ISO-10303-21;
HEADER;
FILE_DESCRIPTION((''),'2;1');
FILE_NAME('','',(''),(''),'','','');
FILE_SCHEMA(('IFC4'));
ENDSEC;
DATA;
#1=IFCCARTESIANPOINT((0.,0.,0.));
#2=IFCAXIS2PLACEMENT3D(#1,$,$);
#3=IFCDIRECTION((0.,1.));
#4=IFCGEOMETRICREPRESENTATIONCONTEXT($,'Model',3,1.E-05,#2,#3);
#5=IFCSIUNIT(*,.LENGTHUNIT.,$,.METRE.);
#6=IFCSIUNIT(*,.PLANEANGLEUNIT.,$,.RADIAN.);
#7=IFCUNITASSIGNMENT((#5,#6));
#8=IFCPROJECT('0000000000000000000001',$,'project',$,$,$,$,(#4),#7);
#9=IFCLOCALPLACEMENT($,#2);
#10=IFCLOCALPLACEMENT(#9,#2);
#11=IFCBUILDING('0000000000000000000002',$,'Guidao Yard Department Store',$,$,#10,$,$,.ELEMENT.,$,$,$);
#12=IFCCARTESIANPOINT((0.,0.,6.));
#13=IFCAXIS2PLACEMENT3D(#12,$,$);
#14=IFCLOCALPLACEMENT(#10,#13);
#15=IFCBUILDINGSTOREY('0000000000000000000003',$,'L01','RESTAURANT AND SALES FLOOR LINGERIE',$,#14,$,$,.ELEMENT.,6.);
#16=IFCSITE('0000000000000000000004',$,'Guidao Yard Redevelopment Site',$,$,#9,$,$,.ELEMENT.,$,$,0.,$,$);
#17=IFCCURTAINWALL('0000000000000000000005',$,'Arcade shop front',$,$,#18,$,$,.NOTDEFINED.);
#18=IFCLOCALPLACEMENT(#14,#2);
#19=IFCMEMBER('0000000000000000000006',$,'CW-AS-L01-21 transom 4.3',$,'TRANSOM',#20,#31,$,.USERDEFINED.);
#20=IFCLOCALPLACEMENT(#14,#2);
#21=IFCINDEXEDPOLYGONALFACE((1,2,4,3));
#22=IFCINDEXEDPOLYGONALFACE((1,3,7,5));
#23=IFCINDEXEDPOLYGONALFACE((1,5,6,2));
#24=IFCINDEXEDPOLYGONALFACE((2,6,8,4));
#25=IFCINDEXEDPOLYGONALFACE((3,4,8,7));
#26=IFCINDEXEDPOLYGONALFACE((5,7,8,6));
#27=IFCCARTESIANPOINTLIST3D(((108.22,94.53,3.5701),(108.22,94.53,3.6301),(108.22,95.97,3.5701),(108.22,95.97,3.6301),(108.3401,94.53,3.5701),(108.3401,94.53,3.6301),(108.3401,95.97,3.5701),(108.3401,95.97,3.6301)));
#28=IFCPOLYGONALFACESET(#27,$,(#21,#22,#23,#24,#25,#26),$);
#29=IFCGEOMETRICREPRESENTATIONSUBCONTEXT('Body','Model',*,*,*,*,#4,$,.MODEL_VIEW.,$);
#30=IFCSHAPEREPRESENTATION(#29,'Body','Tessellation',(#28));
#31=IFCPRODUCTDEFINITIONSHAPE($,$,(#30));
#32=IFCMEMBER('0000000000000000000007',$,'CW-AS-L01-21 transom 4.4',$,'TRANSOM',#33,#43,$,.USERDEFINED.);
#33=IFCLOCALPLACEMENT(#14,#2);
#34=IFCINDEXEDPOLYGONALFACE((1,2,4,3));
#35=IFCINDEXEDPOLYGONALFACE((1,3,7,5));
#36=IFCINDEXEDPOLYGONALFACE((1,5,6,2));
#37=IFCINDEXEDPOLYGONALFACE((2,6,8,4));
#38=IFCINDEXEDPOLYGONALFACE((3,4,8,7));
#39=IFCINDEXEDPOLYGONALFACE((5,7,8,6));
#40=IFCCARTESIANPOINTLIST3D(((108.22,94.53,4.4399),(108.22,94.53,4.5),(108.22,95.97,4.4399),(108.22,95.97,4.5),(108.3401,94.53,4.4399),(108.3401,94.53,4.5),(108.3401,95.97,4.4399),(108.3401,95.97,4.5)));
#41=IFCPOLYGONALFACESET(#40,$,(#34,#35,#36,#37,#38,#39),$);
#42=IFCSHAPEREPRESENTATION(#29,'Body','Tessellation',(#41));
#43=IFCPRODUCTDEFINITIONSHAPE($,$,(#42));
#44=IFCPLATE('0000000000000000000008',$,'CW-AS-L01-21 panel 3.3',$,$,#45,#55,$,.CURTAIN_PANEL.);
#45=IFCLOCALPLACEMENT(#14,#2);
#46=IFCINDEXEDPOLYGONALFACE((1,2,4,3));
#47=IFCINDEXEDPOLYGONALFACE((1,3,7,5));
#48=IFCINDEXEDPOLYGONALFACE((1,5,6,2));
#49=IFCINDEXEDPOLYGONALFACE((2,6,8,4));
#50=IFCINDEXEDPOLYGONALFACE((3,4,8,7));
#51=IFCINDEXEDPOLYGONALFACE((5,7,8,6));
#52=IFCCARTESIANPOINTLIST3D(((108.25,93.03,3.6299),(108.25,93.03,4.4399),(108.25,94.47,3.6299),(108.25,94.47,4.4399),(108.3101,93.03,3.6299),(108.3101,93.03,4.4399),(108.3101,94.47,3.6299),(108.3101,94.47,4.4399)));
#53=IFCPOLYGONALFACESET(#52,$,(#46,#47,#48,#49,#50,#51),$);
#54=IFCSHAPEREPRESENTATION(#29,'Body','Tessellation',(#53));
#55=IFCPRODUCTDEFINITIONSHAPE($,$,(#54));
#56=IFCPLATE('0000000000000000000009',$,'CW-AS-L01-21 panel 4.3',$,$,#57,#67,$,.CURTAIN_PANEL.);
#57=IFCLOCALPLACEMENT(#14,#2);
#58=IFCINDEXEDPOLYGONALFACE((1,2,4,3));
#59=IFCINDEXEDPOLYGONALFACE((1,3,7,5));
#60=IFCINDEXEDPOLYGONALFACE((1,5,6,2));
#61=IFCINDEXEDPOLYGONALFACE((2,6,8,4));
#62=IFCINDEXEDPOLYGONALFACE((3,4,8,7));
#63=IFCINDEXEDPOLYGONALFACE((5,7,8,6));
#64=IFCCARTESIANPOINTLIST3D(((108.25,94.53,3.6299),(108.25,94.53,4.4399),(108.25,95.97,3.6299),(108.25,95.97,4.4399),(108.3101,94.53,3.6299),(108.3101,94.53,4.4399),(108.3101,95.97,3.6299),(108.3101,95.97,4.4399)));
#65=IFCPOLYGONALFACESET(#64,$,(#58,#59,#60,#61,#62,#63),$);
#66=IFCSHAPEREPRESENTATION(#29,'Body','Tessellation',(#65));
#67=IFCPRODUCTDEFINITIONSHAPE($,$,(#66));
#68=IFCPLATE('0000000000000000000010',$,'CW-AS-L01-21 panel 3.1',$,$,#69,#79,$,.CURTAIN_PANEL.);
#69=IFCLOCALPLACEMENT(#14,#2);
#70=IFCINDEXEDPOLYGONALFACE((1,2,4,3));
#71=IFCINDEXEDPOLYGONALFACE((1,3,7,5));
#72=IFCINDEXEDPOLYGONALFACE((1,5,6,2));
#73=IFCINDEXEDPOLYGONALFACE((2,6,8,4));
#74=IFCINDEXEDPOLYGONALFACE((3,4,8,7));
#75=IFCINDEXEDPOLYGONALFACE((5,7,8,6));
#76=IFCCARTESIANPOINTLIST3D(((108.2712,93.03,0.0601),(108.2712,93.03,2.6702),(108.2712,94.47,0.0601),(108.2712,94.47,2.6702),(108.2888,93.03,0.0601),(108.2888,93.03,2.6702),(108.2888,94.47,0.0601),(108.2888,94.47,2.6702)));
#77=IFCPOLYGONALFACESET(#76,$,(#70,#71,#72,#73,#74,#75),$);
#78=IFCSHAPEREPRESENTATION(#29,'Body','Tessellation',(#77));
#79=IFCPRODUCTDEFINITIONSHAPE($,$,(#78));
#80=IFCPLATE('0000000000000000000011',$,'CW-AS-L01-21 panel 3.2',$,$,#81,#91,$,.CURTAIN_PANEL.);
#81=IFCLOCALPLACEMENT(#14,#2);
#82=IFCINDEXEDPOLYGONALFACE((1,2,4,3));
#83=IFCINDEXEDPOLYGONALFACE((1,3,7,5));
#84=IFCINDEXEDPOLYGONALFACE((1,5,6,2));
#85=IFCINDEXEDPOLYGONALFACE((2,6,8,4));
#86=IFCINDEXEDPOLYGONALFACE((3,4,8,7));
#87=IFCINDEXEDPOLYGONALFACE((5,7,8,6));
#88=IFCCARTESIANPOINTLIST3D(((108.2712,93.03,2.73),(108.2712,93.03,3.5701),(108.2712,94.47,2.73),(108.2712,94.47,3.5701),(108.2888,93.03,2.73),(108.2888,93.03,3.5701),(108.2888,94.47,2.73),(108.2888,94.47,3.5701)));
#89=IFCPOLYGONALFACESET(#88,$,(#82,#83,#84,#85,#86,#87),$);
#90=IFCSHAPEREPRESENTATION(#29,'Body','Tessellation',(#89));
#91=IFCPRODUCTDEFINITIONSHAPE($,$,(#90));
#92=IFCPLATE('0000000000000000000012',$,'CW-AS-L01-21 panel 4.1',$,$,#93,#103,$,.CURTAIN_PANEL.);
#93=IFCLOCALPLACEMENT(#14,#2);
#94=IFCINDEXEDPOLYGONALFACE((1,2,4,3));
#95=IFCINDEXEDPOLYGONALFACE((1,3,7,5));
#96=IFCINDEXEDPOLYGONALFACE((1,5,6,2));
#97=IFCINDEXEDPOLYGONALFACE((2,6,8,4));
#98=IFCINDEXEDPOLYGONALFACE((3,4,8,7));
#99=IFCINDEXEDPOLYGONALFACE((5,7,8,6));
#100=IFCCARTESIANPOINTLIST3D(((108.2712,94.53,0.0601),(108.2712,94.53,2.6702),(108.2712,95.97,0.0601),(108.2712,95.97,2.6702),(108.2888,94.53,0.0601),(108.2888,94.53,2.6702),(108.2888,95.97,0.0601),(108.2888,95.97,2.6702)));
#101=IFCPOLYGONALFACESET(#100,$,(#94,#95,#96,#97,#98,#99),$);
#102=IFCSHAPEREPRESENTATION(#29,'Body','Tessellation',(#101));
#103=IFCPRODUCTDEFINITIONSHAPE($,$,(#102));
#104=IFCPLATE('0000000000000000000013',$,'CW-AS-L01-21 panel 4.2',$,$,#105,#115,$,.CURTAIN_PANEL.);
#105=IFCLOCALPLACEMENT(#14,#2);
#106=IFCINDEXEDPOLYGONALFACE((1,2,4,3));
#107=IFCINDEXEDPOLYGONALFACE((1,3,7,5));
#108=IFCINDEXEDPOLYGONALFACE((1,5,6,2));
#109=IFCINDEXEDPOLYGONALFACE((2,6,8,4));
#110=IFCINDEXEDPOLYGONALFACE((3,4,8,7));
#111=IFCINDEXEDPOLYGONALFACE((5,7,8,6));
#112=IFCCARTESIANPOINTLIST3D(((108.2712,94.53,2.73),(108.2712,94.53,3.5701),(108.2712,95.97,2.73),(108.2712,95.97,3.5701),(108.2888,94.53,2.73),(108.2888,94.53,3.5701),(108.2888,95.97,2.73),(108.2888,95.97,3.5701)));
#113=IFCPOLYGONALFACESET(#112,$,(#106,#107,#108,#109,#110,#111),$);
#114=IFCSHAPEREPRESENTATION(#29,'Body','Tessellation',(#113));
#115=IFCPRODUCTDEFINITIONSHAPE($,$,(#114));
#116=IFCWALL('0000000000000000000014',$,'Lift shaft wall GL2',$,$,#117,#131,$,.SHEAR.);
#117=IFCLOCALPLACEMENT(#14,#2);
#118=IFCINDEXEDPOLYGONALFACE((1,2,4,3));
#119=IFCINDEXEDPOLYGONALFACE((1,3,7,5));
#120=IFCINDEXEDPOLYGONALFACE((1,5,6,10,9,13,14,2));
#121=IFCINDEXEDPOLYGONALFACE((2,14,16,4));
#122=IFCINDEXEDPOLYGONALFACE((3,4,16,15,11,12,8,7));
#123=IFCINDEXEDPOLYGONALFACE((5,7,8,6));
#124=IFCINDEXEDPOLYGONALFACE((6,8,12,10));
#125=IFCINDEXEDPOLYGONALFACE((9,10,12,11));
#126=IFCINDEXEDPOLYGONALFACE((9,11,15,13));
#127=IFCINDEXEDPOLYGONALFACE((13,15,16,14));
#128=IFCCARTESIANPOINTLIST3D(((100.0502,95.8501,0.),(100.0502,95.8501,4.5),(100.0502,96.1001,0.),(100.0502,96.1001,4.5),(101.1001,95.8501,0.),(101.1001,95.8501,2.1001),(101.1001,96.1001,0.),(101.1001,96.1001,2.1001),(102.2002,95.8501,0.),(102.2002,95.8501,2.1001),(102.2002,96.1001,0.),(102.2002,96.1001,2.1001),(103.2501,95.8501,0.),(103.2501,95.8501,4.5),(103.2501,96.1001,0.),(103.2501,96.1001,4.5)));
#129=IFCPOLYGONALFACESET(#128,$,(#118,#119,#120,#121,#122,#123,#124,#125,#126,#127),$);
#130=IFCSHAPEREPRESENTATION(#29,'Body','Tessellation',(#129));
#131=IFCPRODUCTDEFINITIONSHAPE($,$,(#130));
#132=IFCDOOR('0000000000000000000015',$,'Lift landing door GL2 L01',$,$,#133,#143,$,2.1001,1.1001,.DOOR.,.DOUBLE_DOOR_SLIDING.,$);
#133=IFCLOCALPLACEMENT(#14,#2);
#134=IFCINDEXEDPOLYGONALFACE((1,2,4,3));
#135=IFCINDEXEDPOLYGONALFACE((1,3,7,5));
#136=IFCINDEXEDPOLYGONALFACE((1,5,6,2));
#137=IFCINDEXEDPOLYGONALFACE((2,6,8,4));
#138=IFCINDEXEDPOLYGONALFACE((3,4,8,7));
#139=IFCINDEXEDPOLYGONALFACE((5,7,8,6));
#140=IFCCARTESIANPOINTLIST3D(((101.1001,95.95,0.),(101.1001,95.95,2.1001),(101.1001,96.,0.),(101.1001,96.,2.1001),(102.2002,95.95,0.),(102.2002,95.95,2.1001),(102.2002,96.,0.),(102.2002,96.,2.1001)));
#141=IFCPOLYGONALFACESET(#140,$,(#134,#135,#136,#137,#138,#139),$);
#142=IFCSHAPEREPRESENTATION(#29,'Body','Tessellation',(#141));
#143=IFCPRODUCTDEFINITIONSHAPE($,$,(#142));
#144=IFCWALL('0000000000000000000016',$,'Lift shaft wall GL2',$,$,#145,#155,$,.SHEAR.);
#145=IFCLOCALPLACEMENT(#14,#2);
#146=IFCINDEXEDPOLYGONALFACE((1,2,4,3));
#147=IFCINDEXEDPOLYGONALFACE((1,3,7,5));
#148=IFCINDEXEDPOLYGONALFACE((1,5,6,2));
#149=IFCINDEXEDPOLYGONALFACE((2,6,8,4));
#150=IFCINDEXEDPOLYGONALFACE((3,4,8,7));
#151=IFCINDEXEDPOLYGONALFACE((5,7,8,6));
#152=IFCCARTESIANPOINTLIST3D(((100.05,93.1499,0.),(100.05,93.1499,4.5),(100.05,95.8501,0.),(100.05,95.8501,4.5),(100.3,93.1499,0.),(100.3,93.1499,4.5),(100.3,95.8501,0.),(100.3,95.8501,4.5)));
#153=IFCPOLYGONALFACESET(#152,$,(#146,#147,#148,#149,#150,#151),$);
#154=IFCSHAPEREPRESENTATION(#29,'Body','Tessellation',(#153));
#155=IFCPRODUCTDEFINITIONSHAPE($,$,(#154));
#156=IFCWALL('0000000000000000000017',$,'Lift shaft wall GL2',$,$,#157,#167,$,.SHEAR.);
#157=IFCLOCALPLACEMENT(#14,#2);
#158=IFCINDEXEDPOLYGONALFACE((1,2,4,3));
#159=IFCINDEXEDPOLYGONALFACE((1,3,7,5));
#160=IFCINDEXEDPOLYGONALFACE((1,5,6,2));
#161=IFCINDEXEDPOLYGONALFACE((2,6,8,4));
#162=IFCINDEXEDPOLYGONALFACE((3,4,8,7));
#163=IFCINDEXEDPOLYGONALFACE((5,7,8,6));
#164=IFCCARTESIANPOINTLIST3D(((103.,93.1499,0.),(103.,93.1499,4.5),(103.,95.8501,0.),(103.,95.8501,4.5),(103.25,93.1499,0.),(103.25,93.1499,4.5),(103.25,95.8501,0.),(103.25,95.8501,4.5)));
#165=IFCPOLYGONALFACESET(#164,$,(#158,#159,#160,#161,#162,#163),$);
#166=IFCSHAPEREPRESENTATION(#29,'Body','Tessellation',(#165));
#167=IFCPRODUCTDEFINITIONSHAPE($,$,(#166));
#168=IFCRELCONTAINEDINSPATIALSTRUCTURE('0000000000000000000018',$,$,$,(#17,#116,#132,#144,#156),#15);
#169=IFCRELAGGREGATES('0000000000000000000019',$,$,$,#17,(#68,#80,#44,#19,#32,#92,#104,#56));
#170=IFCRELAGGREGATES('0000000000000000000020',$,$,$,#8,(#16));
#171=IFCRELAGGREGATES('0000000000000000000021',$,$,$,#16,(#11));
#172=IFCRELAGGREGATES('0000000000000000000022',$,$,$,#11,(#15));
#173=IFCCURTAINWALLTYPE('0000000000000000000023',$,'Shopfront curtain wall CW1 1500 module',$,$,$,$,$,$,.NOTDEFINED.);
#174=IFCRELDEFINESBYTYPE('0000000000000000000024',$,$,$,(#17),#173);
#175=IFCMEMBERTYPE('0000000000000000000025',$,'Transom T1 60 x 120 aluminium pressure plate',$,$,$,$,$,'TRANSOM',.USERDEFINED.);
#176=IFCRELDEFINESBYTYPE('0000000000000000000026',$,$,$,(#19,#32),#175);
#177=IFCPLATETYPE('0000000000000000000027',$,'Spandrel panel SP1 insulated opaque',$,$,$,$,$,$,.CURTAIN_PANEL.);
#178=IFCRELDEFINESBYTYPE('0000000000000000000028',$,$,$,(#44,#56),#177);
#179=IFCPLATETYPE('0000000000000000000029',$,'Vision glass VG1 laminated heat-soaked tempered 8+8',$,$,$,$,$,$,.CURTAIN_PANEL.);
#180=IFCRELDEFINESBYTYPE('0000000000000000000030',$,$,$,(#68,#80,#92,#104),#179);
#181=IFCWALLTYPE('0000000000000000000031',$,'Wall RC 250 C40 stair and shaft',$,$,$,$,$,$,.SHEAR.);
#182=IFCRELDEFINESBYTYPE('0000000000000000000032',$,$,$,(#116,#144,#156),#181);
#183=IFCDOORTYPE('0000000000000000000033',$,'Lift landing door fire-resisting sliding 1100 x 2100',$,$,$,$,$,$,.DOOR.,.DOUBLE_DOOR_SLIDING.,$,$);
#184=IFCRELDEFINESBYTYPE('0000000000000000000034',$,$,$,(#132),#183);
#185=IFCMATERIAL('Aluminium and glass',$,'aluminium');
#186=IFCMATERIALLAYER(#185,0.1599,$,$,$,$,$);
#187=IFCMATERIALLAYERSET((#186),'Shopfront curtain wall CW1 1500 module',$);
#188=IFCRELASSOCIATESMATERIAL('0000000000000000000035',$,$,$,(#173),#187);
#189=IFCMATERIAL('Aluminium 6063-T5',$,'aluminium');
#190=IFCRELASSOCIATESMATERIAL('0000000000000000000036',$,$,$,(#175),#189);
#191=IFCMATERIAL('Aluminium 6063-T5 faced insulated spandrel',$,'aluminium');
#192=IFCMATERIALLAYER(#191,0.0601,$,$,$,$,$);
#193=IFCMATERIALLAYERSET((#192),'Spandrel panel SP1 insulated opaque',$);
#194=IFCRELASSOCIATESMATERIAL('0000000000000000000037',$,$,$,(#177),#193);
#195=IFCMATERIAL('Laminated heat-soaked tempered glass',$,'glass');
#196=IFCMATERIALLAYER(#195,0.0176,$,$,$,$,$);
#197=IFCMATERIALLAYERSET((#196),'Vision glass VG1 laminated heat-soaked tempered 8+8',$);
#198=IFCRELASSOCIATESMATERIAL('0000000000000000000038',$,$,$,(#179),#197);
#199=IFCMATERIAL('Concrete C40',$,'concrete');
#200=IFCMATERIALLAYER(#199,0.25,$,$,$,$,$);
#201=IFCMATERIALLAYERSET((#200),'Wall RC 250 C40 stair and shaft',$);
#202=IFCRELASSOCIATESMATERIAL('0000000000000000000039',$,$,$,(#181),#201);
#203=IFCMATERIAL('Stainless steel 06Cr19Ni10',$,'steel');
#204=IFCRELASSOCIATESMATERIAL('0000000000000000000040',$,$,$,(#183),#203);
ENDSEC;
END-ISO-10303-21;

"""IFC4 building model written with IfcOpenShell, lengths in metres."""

from ifc_helpers import new_model, si_unit, direction, frame, frame_2d, origin, origin_2d, place, context, subcontext, project, spatial, rectangle, extrude, material, layer, layer_set, material_profile, profile_set, type_object, element, fill, aggregate, save


model = new_model("IFC4")

# Units and contexts
model_context = context("Model", 3, precision=1e-05, world=origin(), true_north=direction((0.0, 1.0)))
body_context = subcontext(model_context, "Body", "Model", "MODEL_VIEW")
ifc_project = project(units=[si_unit("LENGTHUNIT", "METRE"), si_unit("PLANEANGLEUNIT", "RADIAN")], contexts=[model_context])

# Site, building, storey
site_placement = place(None, origin())
site = spatial("IfcSite", under=ifc_project, at=site_placement, Name="Guidao Yard Redevelopment Site", CompositionType="ELEMENT", RefElevation=0.0)
building_placement = place(site_placement, origin())
building = spatial("IfcBuilding", under=site, at=building_placement, Name="Guidao Yard Department Store", CompositionType="ELEMENT")
storey_placement = place(building_placement, frame((0.0, 0.0, 6.0)))
storey = spatial("IfcBuildingStorey", under=building, at=storey_placement, Name="L01", Description="RESTAURANT AND SALES FLOOR LINGERIE", CompositionType="ELEMENT", Elevation=6.0)

# Curtain wall
ifc_material_1 = material(Name="Aluminium and glass", Category="aluminium")
ifc_layer_1 = layer(ifc_material_1, 0.1599)
ifc_layer_set_1 = layer_set([ifc_layer_1], Name="Shopfront curtain wall CW1 1500 module")
curtain_wall_type = type_object("IfcCurtainWallType", Name="Shopfront curtain wall CW1 1500 module", PredefinedType="NOTDEFINED", material=ifc_layer_set_1)
curtain_wall_placement = place(storey_placement, origin())
curtain_wall = element("IfcCurtainWall", 1, at=curtain_wall_placement, inside=storey, type_object=curtain_wall_type, Name="Arcade shop front", PredefinedType="NOTDEFINED")

# Members
ifc_material_2 = material(Name="Aluminium 6063-T5", Category="aluminium")
ifc_material_profile_1 = material_profile(ifc_material_2, rectangle(XDim=0.1201, YDim=0.0601, at=origin_2d()), Name="Transom T1 60 x 120 aluminium pressure plate")
ifc_profile_set_1 = profile_set([ifc_material_profile_1], Name="Aluminium 6063-T5")
member_type_1 = type_object("IfcMemberType", Name="Transom T1 60 x 120 aluminium pressure plate", ElementType="TRANSOM", PredefinedType="USERDEFINED", material=ifc_profile_set_1)
member_1_placement = place(storey_placement, frame((108.28, 95.97, 3.6001), z_axis=(0.0, -1.0, 0.0), x_axis=(1.0, 0.0, 0.0)))
member_1 = element("IfcMember", 2, at=member_1_placement, type_object=member_type_1, Name="CW-AS-L01-21 transom 4.3", ObjectType="TRANSOM", PredefinedType="USERDEFINED", context=body_context, shape_type="SweptSolid", body=[
    extrude(rectangle(XDim=0.1201, YDim=0.0601, at=origin_2d()), origin(), (0.0, 0.0, 1.0), 1.4399),
])
member_2_placement = place(storey_placement, frame((108.28, 95.97, 4.47), z_axis=(0.0, -1.0, 0.0), x_axis=(1.0, 0.0, 0.0)))
member_2 = element("IfcMember", 3, at=member_2_placement, type_object=member_type_1, Name="CW-AS-L01-21 transom 4.4", ObjectType="TRANSOM", PredefinedType="USERDEFINED", context=body_context, shape_type="SweptSolid", body=[
    extrude(rectangle(XDim=0.1201, YDim=0.0601, at=origin_2d()), origin(), (0.0, 0.0, 1.0), 1.4399),
])

# Plates
ifc_material_3 = material(Name="Aluminium 6063-T5 faced insulated spandrel", Category="aluminium")
ifc_layer_2 = layer(ifc_material_3, 0.0601)
ifc_layer_set_2 = layer_set([ifc_layer_2], Name="Spandrel panel SP1 insulated opaque")
plate_type_1 = type_object("IfcPlateType", Name="Spandrel panel SP1 insulated opaque", PredefinedType="CURTAIN_PANEL", material=ifc_layer_set_2)
plate_1_placement = place(storey_placement, frame((108.28, 93.75, 3.6299), z_axis=(0.0, 0.0, 1.0), x_axis=(0.0, -1.0, 0.0)))
plate_1 = element("IfcPlate", 4, at=plate_1_placement, type_object=plate_type_1, Name="CW-AS-L01-21 panel 3.3", PredefinedType="CURTAIN_PANEL", context=body_context, shape_type="SweptSolid", body=[
    extrude(rectangle(XDim=1.4399, YDim=0.0601, at=origin_2d()), origin(), (0.0, 0.0, 1.0), 0.8101),
])
plate_2_placement = place(storey_placement, frame((108.28, 95.25, 3.6299), z_axis=(0.0, 0.0, 1.0), x_axis=(0.0, -1.0, 0.0)))
plate_2 = element("IfcPlate", 5, at=plate_2_placement, type_object=plate_type_1, Name="CW-AS-L01-21 panel 4.3", PredefinedType="CURTAIN_PANEL", context=body_context, shape_type="SweptSolid", body=[
    extrude(rectangle(XDim=1.4399, YDim=0.0601, at=origin_2d()), origin(), (0.0, 0.0, 1.0), 0.8101),
])
ifc_material_4 = material(Name="Laminated heat-soaked tempered glass", Category="glass")
ifc_layer_3 = layer(ifc_material_4, 0.0176)
ifc_layer_set_3 = layer_set([ifc_layer_3], Name="Vision glass VG1 laminated heat-soaked tempered 8+8")
plate_type_2 = type_object("IfcPlateType", Name="Vision glass VG1 laminated heat-soaked tempered 8+8", PredefinedType="CURTAIN_PANEL", material=ifc_layer_set_3)
plate_3_placement = place(storey_placement, frame((108.28, 93.75, 0.0601), z_axis=(0.0, 0.0, 1.0), x_axis=(0.0, -1.0, 0.0)))
plate_3 = element("IfcPlate", 6, at=plate_3_placement, type_object=plate_type_2, Name="CW-AS-L01-21 panel 3.1", PredefinedType="CURTAIN_PANEL", context=body_context, shape_type="SweptSolid", body=[
    extrude(rectangle(XDim=1.4399, YDim=0.0176, at=origin_2d()), origin(), (0.0, 0.0, 1.0), 2.6101),
])
plate_4_placement = place(storey_placement, frame((108.28, 93.75, 2.73), z_axis=(0.0, 0.0, 1.0), x_axis=(0.0, -1.0, 0.0)))
plate_4 = element("IfcPlate", 7, at=plate_4_placement, type_object=plate_type_2, Name="CW-AS-L01-21 panel 3.2", PredefinedType="CURTAIN_PANEL", context=body_context, shape_type="SweptSolid", body=[
    extrude(rectangle(XDim=1.4399, YDim=0.0176, at=origin_2d()), origin(), (0.0, 0.0, 1.0), 0.8401),
])
plate_5_placement = place(storey_placement, frame((108.28, 95.25, 0.0601), z_axis=(0.0, 0.0, 1.0), x_axis=(0.0, -1.0, 0.0)))
plate_5 = element("IfcPlate", 8, at=plate_5_placement, type_object=plate_type_2, Name="CW-AS-L01-21 panel 4.1", PredefinedType="CURTAIN_PANEL", context=body_context, shape_type="SweptSolid", body=[
    extrude(rectangle(XDim=1.4399, YDim=0.0176, at=origin_2d()), origin(), (0.0, 0.0, 1.0), 2.6101),
])
plate_6_placement = place(storey_placement, frame((108.28, 95.25, 2.73), z_axis=(0.0, 0.0, 1.0), x_axis=(0.0, -1.0, 0.0)))
plate_6 = element("IfcPlate", 9, at=plate_6_placement, type_object=plate_type_2, Name="CW-AS-L01-21 panel 4.2", PredefinedType="CURTAIN_PANEL", context=body_context, shape_type="SweptSolid", body=[
    extrude(rectangle(XDim=1.4399, YDim=0.0176, at=origin_2d()), origin(), (0.0, 0.0, 1.0), 0.8401),
])
aggregate(curtain_wall, [plate_3, plate_4, plate_1, member_1, member_2, plate_5, plate_6, plate_2])

# Wall, opening, door
ifc_material_5 = material(Name="Concrete C40", Category="concrete")
ifc_layer_4 = layer(ifc_material_5, 0.25)
ifc_layer_set_4 = layer_set([ifc_layer_4], Name="Wall RC 250 C40 stair and shaft")
wall_type = type_object("IfcWallType", Name="Wall RC 250 C40 stair and shaft", PredefinedType="SHEAR", material=ifc_layer_set_4)
wall_placement = place(storey_placement, frame((100.05, 95.9751, 0.0), z_axis=(0.0, 0.0, 1.0), x_axis=(1.0, 0.0, 0.0)))
wall = element("IfcWall", 10, at=wall_placement, inside=storey, type_object=wall_type, Name="Lift shaft wall GL2", PredefinedType="SHEAR", context=body_context, shape_type="SweptSolid", body=[
    extrude(rectangle(XDim=3.2, YDim=0.25, at=frame_2d((1.6001, 0.0))), origin(), (0.0, 0.0, 1.0), 4.5),
])
opening_placement = place(wall_placement, frame((1.05, 0.0, 0.0)))
opening = element("IfcOpeningElement", 11, at=opening_placement, cuts=wall, PredefinedType="OPENING", context=body_context, shape_type="SweptSolid", body=[
    extrude(rectangle(XDim=1.1001, YDim=2.1001, at=frame_2d((0.55, 1.05))), frame((0.0, 0.135, 0.0), z_axis=(0.0, -1.0, 0.0), x_axis=(1.0, 0.0, 0.0)), (0.0, 0.0, 1.0), 0.27),
])
ifc_material_6 = material(Name="Stainless steel 06Cr19Ni10", Category="steel")
door_type = type_object("IfcDoorType", Name="Lift landing door fire-resisting sliding 1100 x 2100", OperationType="DOUBLE_DOOR_SLIDING", PredefinedType="DOOR", material=ifc_material_6)
door_placement = place(opening_placement, origin())
door = element("IfcDoor", 12, at=door_placement, inside=storey, type_object=door_type, Name="Lift landing door GL2 L01", OperationType="DOUBLE_DOOR_SLIDING", OverallHeight=2.1001, OverallWidth=1.1001, PredefinedType="DOOR", context=body_context, shape_type="SweptSolid", body=[
    extrude(rectangle(XDim=1.1001, YDim=2.1001, at=frame_2d((0.55, 1.05))), frame((0.0, 0.0249, 0.0), z_axis=(0.0, -1.0, 0.0), x_axis=(1.0, 0.0, 0.0)), (0.0, 0.0, 1.0), 0.05),
])
fill(opening, door)

# Walls
for number, where, z_axis, x_axis, name in (
    (13, (100.175, 93.1499, 0.0), (0.0, 0.0, 1.0), (0.0, 1.0, 0.0), "Lift shaft wall GL2"),
    (14, (103.125, 93.1499, 0.0), (0.0, 0.0, 1.0), (0.0, 1.0, 0.0), "Lift shaft wall GL2"),
):
    element("IfcWall", number, at=place(storey_placement, frame(where, z_axis=z_axis, x_axis=x_axis)), inside=storey, type_object=wall_type, Name=name, PredefinedType="SHEAR", context=body_context, shape_type="SweptSolid", body=[
        extrude(rectangle(XDim=2.7002, YDim=0.25, at=frame_2d((1.3501, 0.0))), origin(), (0.0, 0.0, 1.0), 4.5),
    ])

save(model, "model.ifc")
